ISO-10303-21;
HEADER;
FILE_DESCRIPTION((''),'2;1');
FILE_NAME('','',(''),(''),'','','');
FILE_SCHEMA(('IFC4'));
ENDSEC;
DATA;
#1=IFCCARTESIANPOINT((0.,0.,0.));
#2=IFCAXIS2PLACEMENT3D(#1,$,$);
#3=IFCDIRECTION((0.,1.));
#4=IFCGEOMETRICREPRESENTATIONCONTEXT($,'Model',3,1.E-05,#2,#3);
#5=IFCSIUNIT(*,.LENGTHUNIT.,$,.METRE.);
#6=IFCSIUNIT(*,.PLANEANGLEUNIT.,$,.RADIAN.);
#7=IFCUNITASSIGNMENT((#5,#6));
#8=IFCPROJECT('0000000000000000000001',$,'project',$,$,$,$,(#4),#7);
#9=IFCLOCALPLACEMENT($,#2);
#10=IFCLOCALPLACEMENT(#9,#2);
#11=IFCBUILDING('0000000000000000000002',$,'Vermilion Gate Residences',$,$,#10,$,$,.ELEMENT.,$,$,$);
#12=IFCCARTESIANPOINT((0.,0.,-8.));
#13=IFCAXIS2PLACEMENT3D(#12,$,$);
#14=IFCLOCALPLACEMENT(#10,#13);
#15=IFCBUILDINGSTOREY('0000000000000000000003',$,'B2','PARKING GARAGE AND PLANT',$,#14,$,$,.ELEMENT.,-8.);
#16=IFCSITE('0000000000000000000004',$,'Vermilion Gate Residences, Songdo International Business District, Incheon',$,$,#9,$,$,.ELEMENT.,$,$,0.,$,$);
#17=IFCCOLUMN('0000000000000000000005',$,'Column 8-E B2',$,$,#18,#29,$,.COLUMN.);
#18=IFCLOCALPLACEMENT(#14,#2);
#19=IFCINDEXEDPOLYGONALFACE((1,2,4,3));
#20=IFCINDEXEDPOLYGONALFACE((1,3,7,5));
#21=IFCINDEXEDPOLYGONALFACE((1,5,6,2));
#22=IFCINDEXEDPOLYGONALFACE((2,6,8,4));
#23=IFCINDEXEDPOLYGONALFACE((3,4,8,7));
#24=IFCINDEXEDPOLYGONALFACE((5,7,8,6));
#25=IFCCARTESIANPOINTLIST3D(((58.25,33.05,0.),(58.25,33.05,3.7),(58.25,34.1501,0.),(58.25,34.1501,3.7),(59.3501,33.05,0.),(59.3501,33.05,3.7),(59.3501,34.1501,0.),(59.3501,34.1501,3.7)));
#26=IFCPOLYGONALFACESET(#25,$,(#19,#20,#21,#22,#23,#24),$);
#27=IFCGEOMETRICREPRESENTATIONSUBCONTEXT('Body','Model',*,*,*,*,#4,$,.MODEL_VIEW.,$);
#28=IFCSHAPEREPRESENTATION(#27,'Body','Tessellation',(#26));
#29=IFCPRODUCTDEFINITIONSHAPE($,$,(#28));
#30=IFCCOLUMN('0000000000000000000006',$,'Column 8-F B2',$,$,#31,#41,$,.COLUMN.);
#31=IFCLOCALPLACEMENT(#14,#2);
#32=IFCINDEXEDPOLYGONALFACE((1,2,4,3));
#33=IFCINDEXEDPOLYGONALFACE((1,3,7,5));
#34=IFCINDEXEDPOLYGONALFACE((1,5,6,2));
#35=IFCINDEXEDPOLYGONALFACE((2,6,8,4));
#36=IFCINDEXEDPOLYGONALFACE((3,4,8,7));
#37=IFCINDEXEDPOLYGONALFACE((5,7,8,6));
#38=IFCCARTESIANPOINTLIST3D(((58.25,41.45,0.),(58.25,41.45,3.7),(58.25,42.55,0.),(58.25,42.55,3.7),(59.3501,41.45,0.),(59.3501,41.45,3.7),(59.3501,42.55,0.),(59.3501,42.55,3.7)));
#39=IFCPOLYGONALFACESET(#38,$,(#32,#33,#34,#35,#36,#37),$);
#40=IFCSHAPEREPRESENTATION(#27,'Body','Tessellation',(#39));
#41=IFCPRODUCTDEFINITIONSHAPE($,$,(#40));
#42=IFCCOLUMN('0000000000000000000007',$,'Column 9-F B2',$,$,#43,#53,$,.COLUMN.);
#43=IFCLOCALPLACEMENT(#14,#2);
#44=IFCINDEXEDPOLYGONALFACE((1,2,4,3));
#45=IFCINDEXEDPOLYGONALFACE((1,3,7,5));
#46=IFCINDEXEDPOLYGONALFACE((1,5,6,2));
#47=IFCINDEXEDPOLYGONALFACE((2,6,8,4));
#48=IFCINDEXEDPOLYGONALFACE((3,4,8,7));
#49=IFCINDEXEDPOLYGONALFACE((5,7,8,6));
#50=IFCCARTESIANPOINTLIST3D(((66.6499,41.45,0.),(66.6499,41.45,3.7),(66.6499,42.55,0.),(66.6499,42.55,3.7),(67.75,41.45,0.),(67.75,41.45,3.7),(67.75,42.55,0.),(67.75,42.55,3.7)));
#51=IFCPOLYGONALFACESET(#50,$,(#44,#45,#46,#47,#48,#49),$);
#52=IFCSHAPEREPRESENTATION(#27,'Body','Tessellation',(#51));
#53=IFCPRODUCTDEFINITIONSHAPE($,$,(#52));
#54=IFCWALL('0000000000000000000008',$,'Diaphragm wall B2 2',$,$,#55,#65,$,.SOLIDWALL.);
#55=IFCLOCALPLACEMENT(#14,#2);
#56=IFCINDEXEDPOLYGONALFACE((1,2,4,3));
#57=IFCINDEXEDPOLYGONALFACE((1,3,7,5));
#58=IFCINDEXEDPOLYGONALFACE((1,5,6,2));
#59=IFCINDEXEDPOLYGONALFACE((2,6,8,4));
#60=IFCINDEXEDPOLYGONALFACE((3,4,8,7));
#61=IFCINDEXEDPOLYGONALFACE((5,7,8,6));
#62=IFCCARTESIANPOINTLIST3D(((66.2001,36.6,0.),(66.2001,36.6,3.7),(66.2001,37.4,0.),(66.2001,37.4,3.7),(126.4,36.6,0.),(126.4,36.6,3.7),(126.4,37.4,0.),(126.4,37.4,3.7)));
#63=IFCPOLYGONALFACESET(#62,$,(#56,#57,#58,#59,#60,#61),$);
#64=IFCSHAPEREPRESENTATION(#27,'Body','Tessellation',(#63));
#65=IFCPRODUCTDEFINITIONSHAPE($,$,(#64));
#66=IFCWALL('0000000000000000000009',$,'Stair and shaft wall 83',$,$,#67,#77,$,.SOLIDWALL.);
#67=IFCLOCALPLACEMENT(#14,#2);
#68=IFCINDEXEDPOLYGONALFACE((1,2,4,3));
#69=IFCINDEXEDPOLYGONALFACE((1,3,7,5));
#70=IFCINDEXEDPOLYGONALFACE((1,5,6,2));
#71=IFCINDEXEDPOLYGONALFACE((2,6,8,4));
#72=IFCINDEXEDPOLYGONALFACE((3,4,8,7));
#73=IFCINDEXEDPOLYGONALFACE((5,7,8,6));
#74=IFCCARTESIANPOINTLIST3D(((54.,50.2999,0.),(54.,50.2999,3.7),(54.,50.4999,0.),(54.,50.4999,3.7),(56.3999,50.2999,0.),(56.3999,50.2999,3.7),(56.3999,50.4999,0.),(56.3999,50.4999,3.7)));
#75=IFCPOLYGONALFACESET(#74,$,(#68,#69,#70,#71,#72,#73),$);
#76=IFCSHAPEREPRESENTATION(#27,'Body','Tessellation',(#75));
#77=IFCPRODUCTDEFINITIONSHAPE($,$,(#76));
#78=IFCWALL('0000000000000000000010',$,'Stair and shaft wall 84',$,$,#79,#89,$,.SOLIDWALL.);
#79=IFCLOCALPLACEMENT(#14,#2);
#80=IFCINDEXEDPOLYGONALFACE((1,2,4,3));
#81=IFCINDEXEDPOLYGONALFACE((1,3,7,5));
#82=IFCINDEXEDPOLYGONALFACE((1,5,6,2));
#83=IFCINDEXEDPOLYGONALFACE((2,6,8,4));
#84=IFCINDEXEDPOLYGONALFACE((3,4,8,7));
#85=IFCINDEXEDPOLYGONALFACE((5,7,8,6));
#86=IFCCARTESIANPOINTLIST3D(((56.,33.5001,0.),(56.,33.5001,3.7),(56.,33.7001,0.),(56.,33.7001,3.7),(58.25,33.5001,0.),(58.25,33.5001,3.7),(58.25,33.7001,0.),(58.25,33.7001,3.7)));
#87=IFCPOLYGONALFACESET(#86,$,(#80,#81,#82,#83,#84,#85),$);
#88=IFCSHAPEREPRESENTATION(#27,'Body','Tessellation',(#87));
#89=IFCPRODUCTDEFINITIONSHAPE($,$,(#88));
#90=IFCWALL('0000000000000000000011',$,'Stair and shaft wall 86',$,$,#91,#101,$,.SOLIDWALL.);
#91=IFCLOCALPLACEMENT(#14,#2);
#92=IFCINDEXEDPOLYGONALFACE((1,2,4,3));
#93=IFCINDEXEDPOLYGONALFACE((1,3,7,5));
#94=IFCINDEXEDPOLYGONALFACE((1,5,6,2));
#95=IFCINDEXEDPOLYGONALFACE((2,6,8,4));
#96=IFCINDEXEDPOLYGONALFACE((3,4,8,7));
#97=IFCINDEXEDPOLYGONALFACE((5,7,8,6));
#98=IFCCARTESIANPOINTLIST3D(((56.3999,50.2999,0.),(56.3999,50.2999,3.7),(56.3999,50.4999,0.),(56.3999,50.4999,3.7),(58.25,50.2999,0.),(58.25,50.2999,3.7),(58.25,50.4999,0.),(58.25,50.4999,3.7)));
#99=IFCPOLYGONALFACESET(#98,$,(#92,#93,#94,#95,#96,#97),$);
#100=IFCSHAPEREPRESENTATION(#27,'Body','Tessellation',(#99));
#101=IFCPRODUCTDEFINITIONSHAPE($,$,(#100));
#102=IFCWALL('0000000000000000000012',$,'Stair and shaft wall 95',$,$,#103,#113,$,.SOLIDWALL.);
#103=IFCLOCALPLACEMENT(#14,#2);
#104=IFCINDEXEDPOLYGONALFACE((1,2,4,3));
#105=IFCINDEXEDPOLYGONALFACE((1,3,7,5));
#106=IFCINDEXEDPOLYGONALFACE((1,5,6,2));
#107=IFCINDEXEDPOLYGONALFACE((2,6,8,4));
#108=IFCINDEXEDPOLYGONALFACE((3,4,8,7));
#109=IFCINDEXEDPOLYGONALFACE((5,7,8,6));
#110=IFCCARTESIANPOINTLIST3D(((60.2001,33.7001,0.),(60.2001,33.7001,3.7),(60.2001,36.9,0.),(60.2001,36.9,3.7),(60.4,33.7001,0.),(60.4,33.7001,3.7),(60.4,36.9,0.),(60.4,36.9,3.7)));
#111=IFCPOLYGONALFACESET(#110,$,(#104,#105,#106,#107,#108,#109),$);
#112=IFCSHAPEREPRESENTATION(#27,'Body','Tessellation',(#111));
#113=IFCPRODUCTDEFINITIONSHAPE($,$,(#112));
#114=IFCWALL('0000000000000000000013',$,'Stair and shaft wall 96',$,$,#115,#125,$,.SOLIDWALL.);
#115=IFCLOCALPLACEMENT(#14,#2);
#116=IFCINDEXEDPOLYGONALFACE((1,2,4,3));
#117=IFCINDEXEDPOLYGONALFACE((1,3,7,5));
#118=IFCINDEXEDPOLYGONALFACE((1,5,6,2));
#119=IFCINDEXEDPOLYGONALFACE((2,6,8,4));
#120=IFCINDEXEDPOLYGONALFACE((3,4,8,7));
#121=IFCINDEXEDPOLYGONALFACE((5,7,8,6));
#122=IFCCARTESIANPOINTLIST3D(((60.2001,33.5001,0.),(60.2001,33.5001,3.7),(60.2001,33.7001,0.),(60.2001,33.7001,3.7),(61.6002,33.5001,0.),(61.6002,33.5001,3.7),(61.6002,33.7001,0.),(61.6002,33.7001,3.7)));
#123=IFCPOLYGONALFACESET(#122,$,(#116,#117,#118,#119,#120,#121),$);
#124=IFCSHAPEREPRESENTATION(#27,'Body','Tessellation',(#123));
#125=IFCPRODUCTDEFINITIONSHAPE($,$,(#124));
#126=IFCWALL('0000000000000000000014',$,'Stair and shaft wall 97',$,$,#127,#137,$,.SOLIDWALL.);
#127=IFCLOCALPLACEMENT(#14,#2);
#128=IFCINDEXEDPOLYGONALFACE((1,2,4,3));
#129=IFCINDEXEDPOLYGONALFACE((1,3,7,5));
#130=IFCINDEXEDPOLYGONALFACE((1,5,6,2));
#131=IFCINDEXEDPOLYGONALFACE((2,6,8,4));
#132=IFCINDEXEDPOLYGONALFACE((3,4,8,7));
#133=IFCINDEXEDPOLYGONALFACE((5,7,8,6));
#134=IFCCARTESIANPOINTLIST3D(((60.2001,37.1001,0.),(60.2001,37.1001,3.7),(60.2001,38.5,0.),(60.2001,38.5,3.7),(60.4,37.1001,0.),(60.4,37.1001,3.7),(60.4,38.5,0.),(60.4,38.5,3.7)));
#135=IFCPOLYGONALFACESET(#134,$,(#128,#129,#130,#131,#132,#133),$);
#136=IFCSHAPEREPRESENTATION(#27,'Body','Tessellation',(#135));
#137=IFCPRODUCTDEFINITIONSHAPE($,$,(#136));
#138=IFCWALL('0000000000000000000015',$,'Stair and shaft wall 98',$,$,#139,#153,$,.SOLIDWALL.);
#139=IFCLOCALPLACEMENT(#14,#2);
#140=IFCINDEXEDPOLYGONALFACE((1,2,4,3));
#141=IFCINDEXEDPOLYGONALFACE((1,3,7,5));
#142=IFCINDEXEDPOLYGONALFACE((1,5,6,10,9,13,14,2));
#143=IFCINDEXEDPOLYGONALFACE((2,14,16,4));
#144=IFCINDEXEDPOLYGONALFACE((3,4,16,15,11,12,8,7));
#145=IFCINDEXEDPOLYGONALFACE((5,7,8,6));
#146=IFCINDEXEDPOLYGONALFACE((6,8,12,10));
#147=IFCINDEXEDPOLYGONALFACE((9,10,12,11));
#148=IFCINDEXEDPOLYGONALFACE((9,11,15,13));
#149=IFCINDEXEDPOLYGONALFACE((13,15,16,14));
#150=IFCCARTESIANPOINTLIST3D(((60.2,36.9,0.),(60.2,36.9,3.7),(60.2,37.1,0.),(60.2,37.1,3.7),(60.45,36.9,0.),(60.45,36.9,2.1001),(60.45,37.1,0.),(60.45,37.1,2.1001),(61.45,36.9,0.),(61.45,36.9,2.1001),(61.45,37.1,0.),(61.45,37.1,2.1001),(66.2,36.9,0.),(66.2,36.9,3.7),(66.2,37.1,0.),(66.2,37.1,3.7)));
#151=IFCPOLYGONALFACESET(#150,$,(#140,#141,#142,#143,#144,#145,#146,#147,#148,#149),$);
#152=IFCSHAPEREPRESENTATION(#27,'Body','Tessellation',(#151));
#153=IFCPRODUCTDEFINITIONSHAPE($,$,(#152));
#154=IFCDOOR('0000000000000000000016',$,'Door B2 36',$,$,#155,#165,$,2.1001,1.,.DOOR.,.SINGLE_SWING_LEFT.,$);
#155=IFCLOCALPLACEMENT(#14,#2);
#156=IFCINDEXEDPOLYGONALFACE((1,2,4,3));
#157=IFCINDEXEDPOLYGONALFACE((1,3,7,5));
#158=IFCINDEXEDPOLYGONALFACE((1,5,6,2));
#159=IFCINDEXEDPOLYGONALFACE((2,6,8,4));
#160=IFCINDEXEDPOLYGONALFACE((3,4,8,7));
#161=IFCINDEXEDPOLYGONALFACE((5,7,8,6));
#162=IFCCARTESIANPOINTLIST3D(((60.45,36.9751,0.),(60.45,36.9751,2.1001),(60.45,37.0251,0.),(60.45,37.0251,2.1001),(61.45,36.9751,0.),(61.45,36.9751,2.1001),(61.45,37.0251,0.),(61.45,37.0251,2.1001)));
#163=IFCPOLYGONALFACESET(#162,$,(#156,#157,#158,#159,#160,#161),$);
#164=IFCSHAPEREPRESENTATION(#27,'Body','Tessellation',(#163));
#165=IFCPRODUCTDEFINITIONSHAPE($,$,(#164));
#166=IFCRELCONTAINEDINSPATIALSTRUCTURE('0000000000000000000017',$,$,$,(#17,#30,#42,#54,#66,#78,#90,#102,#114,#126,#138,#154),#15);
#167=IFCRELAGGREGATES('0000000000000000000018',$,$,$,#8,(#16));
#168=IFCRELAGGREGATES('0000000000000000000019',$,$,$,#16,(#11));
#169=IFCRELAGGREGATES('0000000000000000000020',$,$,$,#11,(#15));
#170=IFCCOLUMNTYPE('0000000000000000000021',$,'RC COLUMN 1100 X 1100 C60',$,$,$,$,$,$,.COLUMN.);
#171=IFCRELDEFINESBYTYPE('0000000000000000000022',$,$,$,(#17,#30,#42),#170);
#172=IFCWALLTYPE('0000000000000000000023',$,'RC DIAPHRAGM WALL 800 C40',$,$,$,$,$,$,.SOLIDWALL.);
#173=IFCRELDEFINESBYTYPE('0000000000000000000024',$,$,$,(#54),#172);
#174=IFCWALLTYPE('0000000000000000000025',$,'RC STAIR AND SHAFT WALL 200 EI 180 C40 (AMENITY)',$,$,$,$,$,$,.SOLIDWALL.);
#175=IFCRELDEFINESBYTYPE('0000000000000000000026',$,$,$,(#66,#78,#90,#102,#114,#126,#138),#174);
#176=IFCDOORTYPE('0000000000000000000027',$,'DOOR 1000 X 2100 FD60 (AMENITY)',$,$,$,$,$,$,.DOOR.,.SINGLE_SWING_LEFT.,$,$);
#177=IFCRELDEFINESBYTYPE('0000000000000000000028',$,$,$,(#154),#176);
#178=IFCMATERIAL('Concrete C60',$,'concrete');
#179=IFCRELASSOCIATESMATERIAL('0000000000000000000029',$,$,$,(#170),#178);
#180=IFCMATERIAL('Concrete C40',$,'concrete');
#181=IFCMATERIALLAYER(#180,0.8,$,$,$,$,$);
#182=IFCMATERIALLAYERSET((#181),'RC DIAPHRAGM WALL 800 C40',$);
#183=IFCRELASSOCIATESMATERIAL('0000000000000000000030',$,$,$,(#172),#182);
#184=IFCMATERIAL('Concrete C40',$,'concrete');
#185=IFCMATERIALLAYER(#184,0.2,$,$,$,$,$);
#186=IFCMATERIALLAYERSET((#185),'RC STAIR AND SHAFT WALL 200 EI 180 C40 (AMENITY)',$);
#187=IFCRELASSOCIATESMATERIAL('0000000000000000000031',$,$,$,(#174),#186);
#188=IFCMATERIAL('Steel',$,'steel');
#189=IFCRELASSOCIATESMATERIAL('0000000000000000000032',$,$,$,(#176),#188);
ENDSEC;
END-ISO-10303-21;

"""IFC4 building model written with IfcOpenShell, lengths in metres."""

from ifc_helpers import new_model, si_unit, direction, frame, frame_2d, origin, origin_2d, place, context, subcontext, project, spatial, rectangle, extrude, material, layer, layer_set, material_profile, profile_set, type_object, element, fill, save


model = new_model("IFC4")

# Units and contexts
model_context = context("Model", 3, precision=1e-05, world=origin(), true_north=direction((0.0, 1.0)))
body_context = subcontext(model_context, "Body", "Model", "MODEL_VIEW")
ifc_project = project(units=[si_unit("LENGTHUNIT", "METRE"), si_unit("PLANEANGLEUNIT", "RADIAN")], contexts=[model_context])

# Site, building, storey
site_placement = place(None, origin())
site = spatial("IfcSite", under=ifc_project, at=site_placement, Name="Vermilion Gate Residences, Songdo International Business District, Incheon", CompositionType="ELEMENT", RefElevation=0.0)
building_placement = place(site_placement, origin())
building = spatial("IfcBuilding", under=site, at=building_placement, Name="Vermilion Gate Residences", CompositionType="ELEMENT")
storey_placement = place(building_placement, frame((0.0, 0.0, -8.0)))
storey = spatial("IfcBuildingStorey", under=building, at=storey_placement, Name="B2", Description="PARKING GARAGE AND PLANT", CompositionType="ELEMENT", Elevation=-8.0)

# Columns
ifc_material_1 = material(Name="Concrete C60", Category="concrete")
ifc_material_profile = material_profile(ifc_material_1, rectangle(XDim=1.1001, YDim=1.1001, at=origin_2d()), Name="RC-1100x1100")
ifc_profile_set = profile_set([ifc_material_profile], Name="Concrete C60")
column_type = type_object("IfcColumnType", Name="RC COLUMN 1100 X 1100 C60", PredefinedType="COLUMN", material=ifc_profile_set)
for number, where, z_axis, x_axis, name in (
    (1, (58.8, 33.6001, 0.0), (0.0, 0.0, 1.0), (1.0, 0.0, 0.0), "Column 8-E B2"),
    (2, (58.8, 42.0, 0.0), (0.0, 0.0, 1.0), (1.0, 0.0, 0.0), "Column 8-F B2"),
    (3, (67.2, 42.0, 0.0), (0.0, 0.0, 1.0), (1.0, 0.0, 0.0), "Column 9-F B2"),
):
    element("IfcColumn", number, at=place(storey_placement, frame(where, z_axis=z_axis, x_axis=x_axis)), inside=storey, type_object=column_type, Name=name, PredefinedType="COLUMN", context=body_context, shape_type="SweptSolid", body=[
        extrude(rectangle(XDim=1.1001, YDim=1.1001, at=origin_2d()), origin(), (0.0, 0.0, 1.0), 3.7),
    ])

# Walls
ifc_material_2 = material(Name="Concrete C40", Category="concrete")
ifc_layer_1 = layer(ifc_material_2, 0.8)
ifc_layer_set_1 = layer_set([ifc_layer_1], Name="RC DIAPHRAGM WALL 800 C40")
wall_type_1 = type_object("IfcWallType", Name="RC DIAPHRAGM WALL 800 C40", PredefinedType="SOLIDWALL", material=ifc_layer_set_1)
wall_1_placement = place(storey_placement, frame((66.2, 37.0, 0.0), z_axis=(0.0, 0.0, 1.0), x_axis=(1.0, 0.0, 0.0)))
element("IfcWall", 4, at=wall_1_placement, inside=storey, type_object=wall_type_1, Name="Diaphragm wall B2 2", PredefinedType="SOLIDWALL", context=body_context, shape_type="SweptSolid", body=[
    extrude(rectangle(XDim=60.2, YDim=0.8, at=frame_2d((30.1001, 0.0))), origin(), (0.0, 0.0, 1.0), 3.7),
])
ifc_material_3 = material(Name="Concrete C40", Category="concrete")
ifc_layer_2 = layer(ifc_material_3, 0.2)
ifc_layer_set_2 = layer_set([ifc_layer_2], Name="RC STAIR AND SHAFT WALL 200 EI 180 C40 (AMENITY)")
wall_type_2 = type_object("IfcWallType", Name="RC STAIR AND SHAFT WALL 200 EI 180 C40 (AMENITY)", PredefinedType="SOLIDWALL", material=ifc_layer_set_2)
wall_2_placement = place(storey_placement, frame((54.0, 50.3999, 0.0), z_axis=(0.0, 0.0, 1.0), x_axis=(1.0, 0.0, 0.0)))
element("IfcWall", 5, at=wall_2_placement, inside=storey, type_object=wall_type_2, Name="Stair and shaft wall 83", PredefinedType="SOLIDWALL", context=body_context, shape_type="SweptSolid", body=[
    extrude(rectangle(XDim=2.3999, YDim=0.2, at=frame_2d((1.2, 0.0))), origin(), (0.0, 0.0, 1.0), 3.7),
])
wall_3_placement = place(storey_placement, frame((56.0, 33.6001, 0.0), z_axis=(0.0, 0.0, 1.0), x_axis=(1.0, 0.0, 0.0)))
element("IfcWall", 6, at=wall_3_placement, inside=storey, type_object=wall_type_2, Name="Stair and shaft wall 84", PredefinedType="SOLIDWALL", context=body_context, shape_type="SweptSolid", body=[
    extrude(rectangle(XDim=2.25, YDim=0.2, at=frame_2d((1.125, 0.0))), origin(), (0.0, 0.0, 1.0), 3.7),
])
wall_4_placement = place(storey_placement, frame((56.3999, 50.3999, 0.0), z_axis=(0.0, 0.0, 1.0), x_axis=(1.0, 0.0, 0.0)))
element("IfcWall", 7, at=wall_4_placement, inside=storey, type_object=wall_type_2, Name="Stair and shaft wall 86", PredefinedType="SOLIDWALL", context=body_context, shape_type="SweptSolid", body=[
    extrude(rectangle(XDim=1.8501, YDim=0.2, at=frame_2d((0.925, 0.0))), origin(), (0.0, 0.0, 1.0), 3.7),
])
wall_5_placement = place(storey_placement, frame((60.3, 33.7, 0.0), z_axis=(0.0, 0.0, 1.0), x_axis=(0.0, 1.0, 0.0)))
element("IfcWall", 8, at=wall_5_placement, inside=storey, type_object=wall_type_2, Name="Stair and shaft wall 95", PredefinedType="SOLIDWALL", context=body_context, shape_type="SweptSolid", body=[
    extrude(rectangle(XDim=3.2, YDim=0.2, at=frame_2d((1.6001, 0.0))), origin(), (0.0, 0.0, 1.0), 3.7),
])
wall_6_placement = place(storey_placement, frame((60.2, 33.6001, 0.0), z_axis=(0.0, 0.0, 1.0), x_axis=(1.0, 0.0, 0.0)))
element("IfcWall", 9, at=wall_6_placement, inside=storey, type_object=wall_type_2, Name="Stair and shaft wall 96", PredefinedType="SOLIDWALL", context=body_context, shape_type="SweptSolid", body=[
    extrude(rectangle(XDim=1.4001, YDim=0.2, at=frame_2d((0.7002, 0.0))), origin(), (0.0, 0.0, 1.0), 3.7),
])
wall_7_placement = place(storey_placement, frame((60.3, 37.1001, 0.0), z_axis=(0.0, 0.0, 1.0), x_axis=(0.0, 1.0, 0.0)))
element("IfcWall", 10, at=wall_7_placement, inside=storey, type_object=wall_type_2, Name="Stair and shaft wall 97", PredefinedType="SOLIDWALL", context=body_context, shape_type="SweptSolid", body=[
    extrude(rectangle(XDim=1.3999, YDim=0.2, at=frame_2d((0.7, 0.0))), origin(), (0.0, 0.0, 1.0), 3.7),
])

# Wall, opening, door
wall_8_placement = place(storey_placement, frame((60.2, 37.0, 0.0), z_axis=(0.0, 0.0, 1.0), x_axis=(1.0, 0.0, 0.0)))
wall_8 = element("IfcWall", 11, at=wall_8_placement, inside=storey, type_object=wall_type_2, Name="Stair and shaft wall 98", PredefinedType="SOLIDWALL", context=body_context, shape_type="SweptSolid", body=[
    extrude(rectangle(XDim=6.0, YDim=0.2, at=frame_2d((3.0, 0.0))), origin(), (0.0, 0.0, 1.0), 3.7),
])
opening_1_placement = place(wall_8_placement, frame((0.25, 0.0, 0.0)))
opening_1 = element("IfcOpeningElement", 12, at=opening_1_placement, cuts=wall_8, PredefinedType="OPENING", context=body_context, shape_type="SweptSolid", body=[
    extrude(rectangle(XDim=1.0, YDim=2.1001, at=frame_2d((0.5, 1.05))), frame((0.0, 0.1099, 0.0), z_axis=(0.0, -1.0, 0.0), x_axis=(1.0, 0.0, 0.0)), (0.0, 0.0, 1.0), 0.22),
])
ifc_material_4 = material(Name="Steel", Category="steel")
door_type = type_object("IfcDoorType", Name="DOOR 1000 X 2100 FD60 (AMENITY)", OperationType="SINGLE_SWING_LEFT", PredefinedType="DOOR", material=ifc_material_4)
door_1_placement = place(opening_1_placement, frame((1.0, 0.0, 0.0), z_axis=(0.0, 0.0, 1.0), x_axis=(-1.0, 0.0, 0.0)))
door_1 = element("IfcDoor", 13, at=door_1_placement, inside=storey, type_object=door_type, Name="Door B2 36", OperationType="SINGLE_SWING_LEFT", OverallHeight=2.1001, OverallWidth=1.0, PredefinedType="DOOR", context=body_context, shape_type="SweptSolid", body=[
    extrude(rectangle(XDim=1.0, YDim=2.1001, at=frame_2d((0.5, 1.05))), frame((0.0, 0.0249, 0.0), z_axis=(0.0, -1.0, 0.0), x_axis=(1.0, 0.0, 0.0)), (0.0, 0.0, 1.0), 0.05),
])
fill(opening_1, door_1)

save(model, "model.ifc")
